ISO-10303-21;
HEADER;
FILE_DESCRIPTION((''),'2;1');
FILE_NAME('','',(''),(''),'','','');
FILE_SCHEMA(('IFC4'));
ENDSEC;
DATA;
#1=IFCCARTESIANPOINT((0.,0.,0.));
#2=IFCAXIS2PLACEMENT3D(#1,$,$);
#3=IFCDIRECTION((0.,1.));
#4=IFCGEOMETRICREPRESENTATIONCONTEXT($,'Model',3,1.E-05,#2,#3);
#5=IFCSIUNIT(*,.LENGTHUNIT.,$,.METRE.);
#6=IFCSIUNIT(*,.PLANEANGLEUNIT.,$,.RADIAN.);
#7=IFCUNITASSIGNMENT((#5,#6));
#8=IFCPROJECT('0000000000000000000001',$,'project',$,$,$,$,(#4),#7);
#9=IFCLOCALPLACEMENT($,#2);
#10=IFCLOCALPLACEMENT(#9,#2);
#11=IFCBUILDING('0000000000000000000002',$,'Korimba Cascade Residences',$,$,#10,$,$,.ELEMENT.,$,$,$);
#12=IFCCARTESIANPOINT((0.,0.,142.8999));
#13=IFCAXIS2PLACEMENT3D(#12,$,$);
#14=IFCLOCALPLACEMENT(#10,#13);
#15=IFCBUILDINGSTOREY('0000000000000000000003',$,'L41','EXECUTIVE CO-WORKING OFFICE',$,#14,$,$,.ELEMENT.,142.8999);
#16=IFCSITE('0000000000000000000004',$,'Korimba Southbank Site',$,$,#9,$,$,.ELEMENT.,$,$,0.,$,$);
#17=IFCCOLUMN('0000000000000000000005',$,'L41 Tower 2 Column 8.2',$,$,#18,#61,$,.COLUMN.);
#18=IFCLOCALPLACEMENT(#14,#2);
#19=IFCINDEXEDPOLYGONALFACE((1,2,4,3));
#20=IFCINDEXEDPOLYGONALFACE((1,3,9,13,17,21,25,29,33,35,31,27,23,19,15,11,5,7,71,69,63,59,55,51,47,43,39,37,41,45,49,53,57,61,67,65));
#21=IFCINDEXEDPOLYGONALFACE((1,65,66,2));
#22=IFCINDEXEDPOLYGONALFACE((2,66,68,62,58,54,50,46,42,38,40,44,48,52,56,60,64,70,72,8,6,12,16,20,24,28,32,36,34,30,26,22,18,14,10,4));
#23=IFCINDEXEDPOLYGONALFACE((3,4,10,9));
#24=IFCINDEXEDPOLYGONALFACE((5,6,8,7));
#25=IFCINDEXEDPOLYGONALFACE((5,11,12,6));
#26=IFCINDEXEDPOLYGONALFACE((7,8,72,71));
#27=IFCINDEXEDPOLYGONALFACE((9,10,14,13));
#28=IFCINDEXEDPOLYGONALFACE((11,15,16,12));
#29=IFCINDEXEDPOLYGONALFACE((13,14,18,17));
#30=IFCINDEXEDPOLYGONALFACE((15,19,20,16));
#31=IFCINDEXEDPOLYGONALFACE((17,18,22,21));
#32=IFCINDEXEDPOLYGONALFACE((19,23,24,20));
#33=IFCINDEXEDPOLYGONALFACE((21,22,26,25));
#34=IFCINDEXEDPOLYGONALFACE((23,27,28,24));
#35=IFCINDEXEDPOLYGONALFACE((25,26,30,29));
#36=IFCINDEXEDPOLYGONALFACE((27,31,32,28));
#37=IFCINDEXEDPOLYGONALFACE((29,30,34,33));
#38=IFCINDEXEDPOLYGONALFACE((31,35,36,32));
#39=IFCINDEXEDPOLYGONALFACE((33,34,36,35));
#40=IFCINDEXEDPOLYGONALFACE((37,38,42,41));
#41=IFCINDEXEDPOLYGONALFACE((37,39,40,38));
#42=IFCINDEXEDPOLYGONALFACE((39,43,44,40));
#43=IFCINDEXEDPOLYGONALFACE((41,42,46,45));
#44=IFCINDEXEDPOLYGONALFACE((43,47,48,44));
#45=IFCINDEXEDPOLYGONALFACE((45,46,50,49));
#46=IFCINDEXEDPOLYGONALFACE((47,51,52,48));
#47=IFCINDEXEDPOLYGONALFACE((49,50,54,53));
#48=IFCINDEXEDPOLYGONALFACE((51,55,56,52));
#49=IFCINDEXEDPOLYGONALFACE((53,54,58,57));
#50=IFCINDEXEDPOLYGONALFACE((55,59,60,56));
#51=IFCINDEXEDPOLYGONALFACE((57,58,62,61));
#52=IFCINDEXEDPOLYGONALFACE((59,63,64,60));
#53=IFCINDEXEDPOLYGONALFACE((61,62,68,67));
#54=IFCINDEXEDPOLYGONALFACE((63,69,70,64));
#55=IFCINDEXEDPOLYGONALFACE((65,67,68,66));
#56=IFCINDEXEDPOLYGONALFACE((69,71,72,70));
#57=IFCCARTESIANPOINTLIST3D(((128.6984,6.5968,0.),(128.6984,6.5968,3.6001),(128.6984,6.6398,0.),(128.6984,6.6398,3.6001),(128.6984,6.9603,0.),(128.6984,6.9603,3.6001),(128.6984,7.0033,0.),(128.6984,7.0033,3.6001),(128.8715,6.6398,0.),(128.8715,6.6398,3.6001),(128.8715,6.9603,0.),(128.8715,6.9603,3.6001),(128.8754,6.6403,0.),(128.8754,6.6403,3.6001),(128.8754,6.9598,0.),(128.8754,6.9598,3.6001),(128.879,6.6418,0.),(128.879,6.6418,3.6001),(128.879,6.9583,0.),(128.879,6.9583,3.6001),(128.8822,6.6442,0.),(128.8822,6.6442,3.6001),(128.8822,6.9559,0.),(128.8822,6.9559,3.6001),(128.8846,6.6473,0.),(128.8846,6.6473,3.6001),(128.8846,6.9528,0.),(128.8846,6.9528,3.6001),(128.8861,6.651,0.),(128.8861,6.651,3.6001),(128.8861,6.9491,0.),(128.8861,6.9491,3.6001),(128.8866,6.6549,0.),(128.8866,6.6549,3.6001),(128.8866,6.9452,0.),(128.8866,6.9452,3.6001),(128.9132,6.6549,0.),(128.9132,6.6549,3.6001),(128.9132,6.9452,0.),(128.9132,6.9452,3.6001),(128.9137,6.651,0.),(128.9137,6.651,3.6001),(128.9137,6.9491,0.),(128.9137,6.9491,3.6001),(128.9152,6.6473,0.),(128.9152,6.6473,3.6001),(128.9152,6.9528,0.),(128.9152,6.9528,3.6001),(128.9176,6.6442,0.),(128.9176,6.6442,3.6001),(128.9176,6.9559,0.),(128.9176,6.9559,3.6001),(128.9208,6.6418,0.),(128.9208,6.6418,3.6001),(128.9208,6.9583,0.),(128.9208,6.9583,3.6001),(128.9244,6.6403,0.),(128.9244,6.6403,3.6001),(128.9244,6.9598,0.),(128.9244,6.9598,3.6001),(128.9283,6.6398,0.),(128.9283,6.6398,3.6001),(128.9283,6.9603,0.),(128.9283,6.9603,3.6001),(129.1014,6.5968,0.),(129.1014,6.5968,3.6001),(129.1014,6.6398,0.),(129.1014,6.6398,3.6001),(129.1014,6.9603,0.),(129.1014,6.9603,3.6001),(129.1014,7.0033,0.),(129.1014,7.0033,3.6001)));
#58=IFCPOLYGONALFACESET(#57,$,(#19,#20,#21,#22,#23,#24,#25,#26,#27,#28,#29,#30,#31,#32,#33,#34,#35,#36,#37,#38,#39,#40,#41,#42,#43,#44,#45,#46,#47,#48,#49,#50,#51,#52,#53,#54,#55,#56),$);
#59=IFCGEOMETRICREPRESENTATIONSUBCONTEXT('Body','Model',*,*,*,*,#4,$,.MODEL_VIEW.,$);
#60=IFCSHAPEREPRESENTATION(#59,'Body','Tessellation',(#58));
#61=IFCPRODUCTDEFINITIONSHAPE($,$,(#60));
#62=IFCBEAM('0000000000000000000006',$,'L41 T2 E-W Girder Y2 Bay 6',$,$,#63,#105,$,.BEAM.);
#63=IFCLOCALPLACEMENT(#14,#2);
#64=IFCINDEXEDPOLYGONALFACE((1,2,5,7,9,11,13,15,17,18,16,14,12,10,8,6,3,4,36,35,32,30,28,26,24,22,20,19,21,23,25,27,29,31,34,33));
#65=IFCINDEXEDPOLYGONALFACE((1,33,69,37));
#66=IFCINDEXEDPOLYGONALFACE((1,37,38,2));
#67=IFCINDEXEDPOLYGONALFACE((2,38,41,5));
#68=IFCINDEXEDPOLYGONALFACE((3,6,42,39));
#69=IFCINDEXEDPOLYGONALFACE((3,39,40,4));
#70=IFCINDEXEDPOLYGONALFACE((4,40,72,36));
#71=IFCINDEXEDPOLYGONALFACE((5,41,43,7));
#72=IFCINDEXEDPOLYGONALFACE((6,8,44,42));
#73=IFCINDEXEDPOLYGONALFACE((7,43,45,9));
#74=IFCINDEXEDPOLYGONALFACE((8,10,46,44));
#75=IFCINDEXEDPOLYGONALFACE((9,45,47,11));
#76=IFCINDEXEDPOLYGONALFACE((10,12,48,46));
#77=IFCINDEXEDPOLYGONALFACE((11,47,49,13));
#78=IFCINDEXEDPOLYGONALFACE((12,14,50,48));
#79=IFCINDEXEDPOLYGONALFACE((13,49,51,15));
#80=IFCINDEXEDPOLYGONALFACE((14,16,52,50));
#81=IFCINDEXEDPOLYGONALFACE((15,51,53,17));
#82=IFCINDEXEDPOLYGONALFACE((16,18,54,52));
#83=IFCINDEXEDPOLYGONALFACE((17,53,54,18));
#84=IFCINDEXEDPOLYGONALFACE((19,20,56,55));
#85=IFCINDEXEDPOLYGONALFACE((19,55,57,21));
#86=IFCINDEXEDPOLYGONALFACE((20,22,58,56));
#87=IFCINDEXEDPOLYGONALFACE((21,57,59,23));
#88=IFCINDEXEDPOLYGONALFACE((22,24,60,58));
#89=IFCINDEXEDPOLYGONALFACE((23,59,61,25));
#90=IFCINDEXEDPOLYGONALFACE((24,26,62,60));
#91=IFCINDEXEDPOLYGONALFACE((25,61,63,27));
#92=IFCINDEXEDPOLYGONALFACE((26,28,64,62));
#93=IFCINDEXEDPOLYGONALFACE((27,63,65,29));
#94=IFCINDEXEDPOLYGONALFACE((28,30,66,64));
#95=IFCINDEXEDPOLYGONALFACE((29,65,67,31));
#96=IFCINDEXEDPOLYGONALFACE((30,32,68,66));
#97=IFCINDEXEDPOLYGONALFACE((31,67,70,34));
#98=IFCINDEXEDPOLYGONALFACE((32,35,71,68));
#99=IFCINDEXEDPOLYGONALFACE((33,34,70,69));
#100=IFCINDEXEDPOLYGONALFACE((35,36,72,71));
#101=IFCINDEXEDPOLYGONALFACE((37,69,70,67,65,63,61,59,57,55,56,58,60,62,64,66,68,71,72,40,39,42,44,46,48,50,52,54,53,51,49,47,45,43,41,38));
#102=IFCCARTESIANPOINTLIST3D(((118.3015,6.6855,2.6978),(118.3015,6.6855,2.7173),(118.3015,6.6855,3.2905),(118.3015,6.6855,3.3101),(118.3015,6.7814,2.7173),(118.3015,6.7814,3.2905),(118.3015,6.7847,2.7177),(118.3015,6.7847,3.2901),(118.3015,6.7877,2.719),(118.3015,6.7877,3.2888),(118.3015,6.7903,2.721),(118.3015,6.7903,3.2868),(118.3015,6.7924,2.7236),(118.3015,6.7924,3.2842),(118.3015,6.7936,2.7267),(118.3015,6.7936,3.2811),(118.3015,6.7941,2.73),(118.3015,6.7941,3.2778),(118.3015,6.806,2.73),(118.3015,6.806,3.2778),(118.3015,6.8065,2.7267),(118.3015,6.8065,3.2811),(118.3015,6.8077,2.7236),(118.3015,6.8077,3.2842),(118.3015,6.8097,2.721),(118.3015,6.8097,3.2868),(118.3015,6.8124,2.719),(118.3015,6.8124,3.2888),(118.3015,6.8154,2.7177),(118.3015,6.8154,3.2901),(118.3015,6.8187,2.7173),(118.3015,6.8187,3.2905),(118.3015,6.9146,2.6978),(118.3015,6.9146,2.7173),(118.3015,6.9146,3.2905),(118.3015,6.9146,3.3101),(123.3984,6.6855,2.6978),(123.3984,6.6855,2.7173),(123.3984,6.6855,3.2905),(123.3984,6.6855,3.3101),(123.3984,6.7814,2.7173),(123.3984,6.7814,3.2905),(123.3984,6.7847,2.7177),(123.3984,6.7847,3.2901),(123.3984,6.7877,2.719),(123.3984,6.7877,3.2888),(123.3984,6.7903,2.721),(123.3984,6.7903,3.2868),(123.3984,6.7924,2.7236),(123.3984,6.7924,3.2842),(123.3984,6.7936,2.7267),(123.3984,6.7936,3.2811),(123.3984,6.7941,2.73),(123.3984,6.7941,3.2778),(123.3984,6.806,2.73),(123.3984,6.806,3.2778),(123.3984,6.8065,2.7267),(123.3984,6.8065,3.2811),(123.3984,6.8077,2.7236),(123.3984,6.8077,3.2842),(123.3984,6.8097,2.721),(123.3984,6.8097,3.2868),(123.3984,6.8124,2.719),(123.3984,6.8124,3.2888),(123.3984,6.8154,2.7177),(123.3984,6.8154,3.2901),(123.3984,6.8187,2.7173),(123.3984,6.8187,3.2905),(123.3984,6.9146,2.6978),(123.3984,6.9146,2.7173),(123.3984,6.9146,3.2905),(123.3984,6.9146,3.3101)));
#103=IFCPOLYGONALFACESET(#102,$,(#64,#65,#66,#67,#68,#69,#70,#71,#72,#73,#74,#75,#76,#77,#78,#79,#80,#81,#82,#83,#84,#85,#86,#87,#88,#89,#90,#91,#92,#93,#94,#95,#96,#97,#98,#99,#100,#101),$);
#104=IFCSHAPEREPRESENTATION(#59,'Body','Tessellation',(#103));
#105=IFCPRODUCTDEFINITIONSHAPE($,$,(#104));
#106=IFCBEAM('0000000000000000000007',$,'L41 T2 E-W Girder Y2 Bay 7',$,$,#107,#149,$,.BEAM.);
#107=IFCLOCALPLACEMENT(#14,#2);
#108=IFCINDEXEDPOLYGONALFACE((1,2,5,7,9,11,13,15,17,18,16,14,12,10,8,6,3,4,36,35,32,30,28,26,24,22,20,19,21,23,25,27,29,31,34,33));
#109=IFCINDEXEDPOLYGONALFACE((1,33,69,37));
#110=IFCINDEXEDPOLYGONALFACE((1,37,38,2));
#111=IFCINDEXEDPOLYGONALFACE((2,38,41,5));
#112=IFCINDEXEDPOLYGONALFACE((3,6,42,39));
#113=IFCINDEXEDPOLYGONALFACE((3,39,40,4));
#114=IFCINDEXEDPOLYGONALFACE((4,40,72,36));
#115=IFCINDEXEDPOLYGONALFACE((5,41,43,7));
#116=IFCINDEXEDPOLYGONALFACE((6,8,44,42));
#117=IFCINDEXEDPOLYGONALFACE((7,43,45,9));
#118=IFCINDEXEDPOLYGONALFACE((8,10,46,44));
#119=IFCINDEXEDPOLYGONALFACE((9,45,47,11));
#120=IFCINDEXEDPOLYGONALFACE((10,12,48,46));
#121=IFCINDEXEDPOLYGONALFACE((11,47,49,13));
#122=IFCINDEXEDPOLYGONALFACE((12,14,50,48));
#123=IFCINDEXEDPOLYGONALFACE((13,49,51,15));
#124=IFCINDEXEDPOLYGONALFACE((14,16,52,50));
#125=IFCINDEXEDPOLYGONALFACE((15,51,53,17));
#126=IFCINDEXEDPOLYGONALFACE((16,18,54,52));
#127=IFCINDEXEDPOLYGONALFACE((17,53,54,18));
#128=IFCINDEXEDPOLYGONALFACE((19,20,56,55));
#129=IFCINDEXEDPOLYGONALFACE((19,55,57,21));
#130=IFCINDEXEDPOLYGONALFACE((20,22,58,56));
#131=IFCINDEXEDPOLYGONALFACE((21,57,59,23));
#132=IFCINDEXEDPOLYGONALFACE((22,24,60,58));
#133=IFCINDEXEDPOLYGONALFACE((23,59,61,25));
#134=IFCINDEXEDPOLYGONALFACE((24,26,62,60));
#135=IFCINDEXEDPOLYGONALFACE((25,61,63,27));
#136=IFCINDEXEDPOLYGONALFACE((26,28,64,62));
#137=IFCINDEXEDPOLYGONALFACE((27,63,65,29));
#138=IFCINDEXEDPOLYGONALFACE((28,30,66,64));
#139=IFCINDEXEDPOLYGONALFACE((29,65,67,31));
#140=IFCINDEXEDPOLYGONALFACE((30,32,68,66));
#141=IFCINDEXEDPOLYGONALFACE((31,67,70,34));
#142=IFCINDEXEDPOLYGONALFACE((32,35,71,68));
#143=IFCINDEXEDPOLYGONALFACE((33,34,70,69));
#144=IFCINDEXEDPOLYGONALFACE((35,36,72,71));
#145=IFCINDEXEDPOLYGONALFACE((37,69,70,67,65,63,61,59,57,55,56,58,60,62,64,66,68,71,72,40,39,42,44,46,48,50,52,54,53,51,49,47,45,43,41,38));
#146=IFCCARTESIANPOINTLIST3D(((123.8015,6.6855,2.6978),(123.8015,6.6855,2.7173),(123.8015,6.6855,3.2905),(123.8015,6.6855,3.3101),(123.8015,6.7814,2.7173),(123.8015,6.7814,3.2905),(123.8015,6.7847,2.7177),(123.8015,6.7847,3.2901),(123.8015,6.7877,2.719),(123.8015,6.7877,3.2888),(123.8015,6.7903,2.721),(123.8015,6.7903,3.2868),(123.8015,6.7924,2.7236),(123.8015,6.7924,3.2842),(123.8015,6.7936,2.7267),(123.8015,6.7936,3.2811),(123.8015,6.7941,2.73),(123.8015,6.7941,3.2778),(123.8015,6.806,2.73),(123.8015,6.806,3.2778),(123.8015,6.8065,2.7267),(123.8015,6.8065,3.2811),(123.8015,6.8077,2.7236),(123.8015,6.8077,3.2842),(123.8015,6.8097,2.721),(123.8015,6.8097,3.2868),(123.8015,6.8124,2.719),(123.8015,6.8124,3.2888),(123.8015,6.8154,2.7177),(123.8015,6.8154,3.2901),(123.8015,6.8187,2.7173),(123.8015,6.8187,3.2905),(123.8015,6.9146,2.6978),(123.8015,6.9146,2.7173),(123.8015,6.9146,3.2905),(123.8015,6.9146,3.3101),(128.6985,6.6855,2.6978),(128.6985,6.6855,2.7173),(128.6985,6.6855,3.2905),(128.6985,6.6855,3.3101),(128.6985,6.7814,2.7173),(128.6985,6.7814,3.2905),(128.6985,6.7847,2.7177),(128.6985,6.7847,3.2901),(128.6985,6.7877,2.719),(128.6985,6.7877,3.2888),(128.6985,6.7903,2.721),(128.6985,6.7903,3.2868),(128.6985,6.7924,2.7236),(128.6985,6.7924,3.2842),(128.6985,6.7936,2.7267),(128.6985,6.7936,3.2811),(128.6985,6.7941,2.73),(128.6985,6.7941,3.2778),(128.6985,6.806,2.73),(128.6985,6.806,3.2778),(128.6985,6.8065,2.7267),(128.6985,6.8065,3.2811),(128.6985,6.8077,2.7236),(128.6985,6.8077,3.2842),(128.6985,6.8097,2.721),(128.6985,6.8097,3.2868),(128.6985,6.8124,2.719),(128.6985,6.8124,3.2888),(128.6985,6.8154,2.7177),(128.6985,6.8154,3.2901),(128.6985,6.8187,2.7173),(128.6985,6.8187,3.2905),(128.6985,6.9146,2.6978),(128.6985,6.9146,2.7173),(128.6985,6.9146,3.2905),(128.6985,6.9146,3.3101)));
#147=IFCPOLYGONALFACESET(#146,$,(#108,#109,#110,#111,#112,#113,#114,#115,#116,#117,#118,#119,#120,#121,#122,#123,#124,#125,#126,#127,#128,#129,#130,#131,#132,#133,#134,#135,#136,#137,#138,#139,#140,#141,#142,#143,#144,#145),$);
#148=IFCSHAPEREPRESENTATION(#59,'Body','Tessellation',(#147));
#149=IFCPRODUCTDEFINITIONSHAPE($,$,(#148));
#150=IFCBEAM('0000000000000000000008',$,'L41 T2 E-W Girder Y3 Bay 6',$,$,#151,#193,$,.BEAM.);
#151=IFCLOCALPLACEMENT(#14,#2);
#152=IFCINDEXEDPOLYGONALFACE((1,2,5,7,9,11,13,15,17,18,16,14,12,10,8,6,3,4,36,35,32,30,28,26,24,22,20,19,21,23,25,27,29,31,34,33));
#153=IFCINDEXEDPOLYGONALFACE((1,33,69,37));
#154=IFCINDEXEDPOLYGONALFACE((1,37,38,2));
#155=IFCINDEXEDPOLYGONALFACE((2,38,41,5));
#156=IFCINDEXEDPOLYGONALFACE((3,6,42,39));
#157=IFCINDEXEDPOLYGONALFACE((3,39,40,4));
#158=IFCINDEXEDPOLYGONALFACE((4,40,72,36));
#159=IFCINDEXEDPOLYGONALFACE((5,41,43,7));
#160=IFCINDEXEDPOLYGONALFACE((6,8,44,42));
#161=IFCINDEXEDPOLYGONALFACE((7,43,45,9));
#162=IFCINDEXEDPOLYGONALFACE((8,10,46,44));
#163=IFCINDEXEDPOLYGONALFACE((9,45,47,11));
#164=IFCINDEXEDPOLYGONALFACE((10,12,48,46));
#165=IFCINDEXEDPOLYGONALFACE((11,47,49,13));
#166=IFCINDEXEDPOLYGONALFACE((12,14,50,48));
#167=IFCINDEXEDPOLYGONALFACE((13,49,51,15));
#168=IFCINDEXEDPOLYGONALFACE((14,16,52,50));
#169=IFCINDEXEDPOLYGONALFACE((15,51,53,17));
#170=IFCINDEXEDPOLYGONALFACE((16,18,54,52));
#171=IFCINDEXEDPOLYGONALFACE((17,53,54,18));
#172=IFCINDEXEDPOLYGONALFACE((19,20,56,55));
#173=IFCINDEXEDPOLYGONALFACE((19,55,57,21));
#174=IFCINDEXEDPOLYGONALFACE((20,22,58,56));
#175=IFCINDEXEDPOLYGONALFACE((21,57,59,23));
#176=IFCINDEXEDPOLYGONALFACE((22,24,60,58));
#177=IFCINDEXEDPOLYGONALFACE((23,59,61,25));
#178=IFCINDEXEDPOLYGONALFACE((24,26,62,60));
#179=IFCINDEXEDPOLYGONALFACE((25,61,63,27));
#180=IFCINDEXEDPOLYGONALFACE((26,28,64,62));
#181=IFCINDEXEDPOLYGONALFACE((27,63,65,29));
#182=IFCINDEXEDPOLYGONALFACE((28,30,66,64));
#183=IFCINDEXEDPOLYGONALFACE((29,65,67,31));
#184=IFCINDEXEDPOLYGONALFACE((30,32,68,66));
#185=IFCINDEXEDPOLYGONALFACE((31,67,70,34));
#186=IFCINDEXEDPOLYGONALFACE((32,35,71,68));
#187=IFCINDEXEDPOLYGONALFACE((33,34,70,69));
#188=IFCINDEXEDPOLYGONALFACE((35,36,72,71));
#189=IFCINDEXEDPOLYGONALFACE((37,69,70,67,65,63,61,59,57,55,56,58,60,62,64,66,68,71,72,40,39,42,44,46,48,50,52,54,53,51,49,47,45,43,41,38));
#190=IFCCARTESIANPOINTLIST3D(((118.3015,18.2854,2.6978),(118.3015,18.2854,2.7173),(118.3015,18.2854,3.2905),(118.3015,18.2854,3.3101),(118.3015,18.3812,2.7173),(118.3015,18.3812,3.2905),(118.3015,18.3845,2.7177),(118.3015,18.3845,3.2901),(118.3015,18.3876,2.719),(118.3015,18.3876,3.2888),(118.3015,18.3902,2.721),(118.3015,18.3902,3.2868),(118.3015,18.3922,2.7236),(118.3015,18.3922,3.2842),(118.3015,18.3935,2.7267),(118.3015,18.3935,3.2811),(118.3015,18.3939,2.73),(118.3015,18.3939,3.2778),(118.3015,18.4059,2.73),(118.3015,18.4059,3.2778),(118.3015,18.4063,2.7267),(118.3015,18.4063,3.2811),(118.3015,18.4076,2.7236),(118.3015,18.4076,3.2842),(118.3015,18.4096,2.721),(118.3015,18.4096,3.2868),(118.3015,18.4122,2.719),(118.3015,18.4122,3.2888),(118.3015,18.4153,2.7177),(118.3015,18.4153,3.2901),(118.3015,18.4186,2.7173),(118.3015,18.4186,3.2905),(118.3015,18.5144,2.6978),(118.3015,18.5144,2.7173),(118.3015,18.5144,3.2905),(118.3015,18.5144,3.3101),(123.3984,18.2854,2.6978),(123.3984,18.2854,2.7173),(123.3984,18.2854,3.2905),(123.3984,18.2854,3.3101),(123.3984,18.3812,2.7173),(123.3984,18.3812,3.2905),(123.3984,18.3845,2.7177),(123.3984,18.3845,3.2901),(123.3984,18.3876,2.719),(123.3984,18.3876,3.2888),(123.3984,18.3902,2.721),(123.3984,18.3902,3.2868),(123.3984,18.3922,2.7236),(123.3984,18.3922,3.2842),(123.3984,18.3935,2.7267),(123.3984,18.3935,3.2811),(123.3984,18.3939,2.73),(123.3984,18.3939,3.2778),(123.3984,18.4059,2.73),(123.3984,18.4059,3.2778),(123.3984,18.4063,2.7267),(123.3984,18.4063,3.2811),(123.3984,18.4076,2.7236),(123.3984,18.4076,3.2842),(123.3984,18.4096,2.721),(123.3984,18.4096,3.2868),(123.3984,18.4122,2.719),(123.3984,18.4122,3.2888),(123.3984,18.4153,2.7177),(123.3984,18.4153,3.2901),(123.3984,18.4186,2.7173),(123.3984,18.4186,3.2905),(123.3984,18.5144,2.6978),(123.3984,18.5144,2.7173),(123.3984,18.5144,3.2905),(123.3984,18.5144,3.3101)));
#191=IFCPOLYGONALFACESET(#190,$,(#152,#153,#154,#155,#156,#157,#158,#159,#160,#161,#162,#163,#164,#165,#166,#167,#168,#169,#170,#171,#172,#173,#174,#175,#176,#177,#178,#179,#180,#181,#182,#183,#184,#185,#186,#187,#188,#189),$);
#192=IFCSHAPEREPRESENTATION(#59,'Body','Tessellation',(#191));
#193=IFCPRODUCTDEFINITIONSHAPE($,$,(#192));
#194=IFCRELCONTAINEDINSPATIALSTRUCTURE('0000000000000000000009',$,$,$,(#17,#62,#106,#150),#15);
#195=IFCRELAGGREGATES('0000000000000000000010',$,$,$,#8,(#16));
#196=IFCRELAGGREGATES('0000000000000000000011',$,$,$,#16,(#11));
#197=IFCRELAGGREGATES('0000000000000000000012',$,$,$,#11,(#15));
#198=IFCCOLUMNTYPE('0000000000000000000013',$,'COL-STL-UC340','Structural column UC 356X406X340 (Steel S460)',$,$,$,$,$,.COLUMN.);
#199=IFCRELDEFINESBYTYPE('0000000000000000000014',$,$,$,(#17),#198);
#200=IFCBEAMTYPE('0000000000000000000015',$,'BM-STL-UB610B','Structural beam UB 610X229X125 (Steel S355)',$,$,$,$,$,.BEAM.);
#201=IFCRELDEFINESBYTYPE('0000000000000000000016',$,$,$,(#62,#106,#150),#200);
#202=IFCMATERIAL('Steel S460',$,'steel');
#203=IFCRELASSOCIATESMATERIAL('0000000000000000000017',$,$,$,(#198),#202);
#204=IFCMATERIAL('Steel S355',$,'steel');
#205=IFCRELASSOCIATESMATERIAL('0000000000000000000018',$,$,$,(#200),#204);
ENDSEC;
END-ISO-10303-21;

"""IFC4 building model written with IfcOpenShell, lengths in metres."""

from ifc_helpers import new_model, si_unit, direction, frame, origin, origin_2d, place, context, subcontext, project, spatial, i_section, extrude, material, material_profile, profile_set, type_object, element, save


model = new_model("IFC4")

# Units and contexts
model_context = context("Model", 3, precision=1e-05, world=origin(), true_north=direction((0.0, 1.0)))
body_context = subcontext(model_context, "Body", "Model", "MODEL_VIEW")
ifc_project = project(units=[si_unit("LENGTHUNIT", "METRE"), si_unit("PLANEANGLEUNIT", "RADIAN")], contexts=[model_context])

# Site, building, storey
site_placement = place(None, origin())
site = spatial("IfcSite", under=ifc_project, at=site_placement, Name="Korimba Southbank Site", CompositionType="ELEMENT", RefElevation=0.0)
building_placement = place(site_placement, origin())
building = spatial("IfcBuilding", under=site, at=building_placement, Name="Korimba Cascade Residences", CompositionType="ELEMENT")
storey_placement = place(building_placement, frame((0.0, 0.0, 142.8999)))
storey = spatial("IfcBuildingStorey", under=building, at=storey_placement, Name="L41", Description="EXECUTIVE CO-WORKING OFFICE", CompositionType="ELEMENT", Elevation=142.8999)

# Column
ifc_material_1 = material(Name="Steel S460", Category="steel")
ifc_material_profile_1 = material_profile(ifc_material_1, i_section(OverallWidth=0.4031, OverallDepth=0.4065, WebThickness=0.0266, FlangeThickness=0.043, FilletRadius=0.0151, at=origin_2d()), Name="Steel S460")
ifc_profile_set_1 = profile_set([ifc_material_profile_1], Name="Steel S460")
column_type = type_object("IfcColumnType", Name="COL-STL-UC340", Description="Structural column UC 356X406X340 (Steel S460)", PredefinedType="COLUMN", material=ifc_profile_set_1)
for number, where, z_axis, x_axis, name in (
    (1, (128.8999, 6.8, 0.0), (0.0, 0.0, 1.0), (1.0, 0.0, 0.0), "L41 Tower 2 Column 8.2"),
):
    element("IfcColumn", number, at=place(storey_placement, frame(where, z_axis=z_axis, x_axis=x_axis)), inside=storey, type_object=column_type, Name=name, PredefinedType="COLUMN", context=body_context, shape_type="SweptSolid", body=[
        extrude(i_section(OverallWidth=0.4031, OverallDepth=0.4065, WebThickness=0.0266, FlangeThickness=0.043, FilletRadius=0.0151, at=origin_2d()), origin(), (0.0, 0.0, 1.0), 3.6001),
    ])

# Beams
ifc_material_2 = material(Name="Steel S355", Category="steel")
ifc_material_profile_2 = material_profile(ifc_material_2, i_section(OverallWidth=0.229, OverallDepth=0.6123, WebThickness=0.012, FlangeThickness=0.0195, FilletRadius=0.0127, at=origin_2d()), Name="Steel S355")
ifc_profile_set_2 = profile_set([ifc_material_profile_2], Name="Steel S355")
beam_type_1 = type_object("IfcBeamType", Name="BM-STL-UB610B", Description="Structural beam UB 610X229X125 (Steel S355)", PredefinedType="BEAM", material=ifc_profile_set_2)
beam_1_placement = place(storey_placement, frame((118.3015, 6.8, 3.0039), z_axis=(1.0, 0.0, 0.0), x_axis=(0.0, 1.0, 0.0)))
element("IfcBeam", 2, at=beam_1_placement, inside=storey, type_object=beam_type_1, Name="L41 T2 E-W Girder Y2 Bay 6", PredefinedType="BEAM", context=body_context, shape_type="SweptSolid", body=[
    extrude(i_section(OverallWidth=0.229, OverallDepth=0.6123, WebThickness=0.012, FlangeThickness=0.0195, FilletRadius=0.0127, at=origin_2d()), origin(), (0.0, 0.0, 1.0), 5.0969),
])
beam_2_placement = place(storey_placement, frame((123.8015, 6.8, 3.0039), z_axis=(1.0, 0.0, 0.0), x_axis=(0.0, 1.0, 0.0)))
element("IfcBeam", 3, at=beam_2_placement, inside=storey, type_object=beam_type_1, Name="L41 T2 E-W Girder Y2 Bay 7", PredefinedType="BEAM", context=body_context, shape_type="SweptSolid", body=[
    extrude(i_section(OverallWidth=0.229, OverallDepth=0.6123, WebThickness=0.012, FlangeThickness=0.0195, FilletRadius=0.0127, at=origin_2d()), origin(), (0.0, 0.0, 1.0), 4.897),
])
beam_3_placement = place(storey_placement, frame((118.3015, 18.3999, 3.0039), z_axis=(1.0, 0.0, 0.0), x_axis=(0.0, 1.0, 0.0)))
element("IfcBeam", 4, at=beam_3_placement, inside=storey, type_object=beam_type_1, Name="L41 T2 E-W Girder Y3 Bay 6", PredefinedType="BEAM", context=body_context, shape_type="SweptSolid", body=[
    extrude(i_section(OverallWidth=0.229, OverallDepth=0.6123, WebThickness=0.012, FlangeThickness=0.0195, FilletRadius=0.0127, at=origin_2d()), origin(), (0.0, 0.0, 1.0), 5.0969),
])

save(model, "model.ifc")
